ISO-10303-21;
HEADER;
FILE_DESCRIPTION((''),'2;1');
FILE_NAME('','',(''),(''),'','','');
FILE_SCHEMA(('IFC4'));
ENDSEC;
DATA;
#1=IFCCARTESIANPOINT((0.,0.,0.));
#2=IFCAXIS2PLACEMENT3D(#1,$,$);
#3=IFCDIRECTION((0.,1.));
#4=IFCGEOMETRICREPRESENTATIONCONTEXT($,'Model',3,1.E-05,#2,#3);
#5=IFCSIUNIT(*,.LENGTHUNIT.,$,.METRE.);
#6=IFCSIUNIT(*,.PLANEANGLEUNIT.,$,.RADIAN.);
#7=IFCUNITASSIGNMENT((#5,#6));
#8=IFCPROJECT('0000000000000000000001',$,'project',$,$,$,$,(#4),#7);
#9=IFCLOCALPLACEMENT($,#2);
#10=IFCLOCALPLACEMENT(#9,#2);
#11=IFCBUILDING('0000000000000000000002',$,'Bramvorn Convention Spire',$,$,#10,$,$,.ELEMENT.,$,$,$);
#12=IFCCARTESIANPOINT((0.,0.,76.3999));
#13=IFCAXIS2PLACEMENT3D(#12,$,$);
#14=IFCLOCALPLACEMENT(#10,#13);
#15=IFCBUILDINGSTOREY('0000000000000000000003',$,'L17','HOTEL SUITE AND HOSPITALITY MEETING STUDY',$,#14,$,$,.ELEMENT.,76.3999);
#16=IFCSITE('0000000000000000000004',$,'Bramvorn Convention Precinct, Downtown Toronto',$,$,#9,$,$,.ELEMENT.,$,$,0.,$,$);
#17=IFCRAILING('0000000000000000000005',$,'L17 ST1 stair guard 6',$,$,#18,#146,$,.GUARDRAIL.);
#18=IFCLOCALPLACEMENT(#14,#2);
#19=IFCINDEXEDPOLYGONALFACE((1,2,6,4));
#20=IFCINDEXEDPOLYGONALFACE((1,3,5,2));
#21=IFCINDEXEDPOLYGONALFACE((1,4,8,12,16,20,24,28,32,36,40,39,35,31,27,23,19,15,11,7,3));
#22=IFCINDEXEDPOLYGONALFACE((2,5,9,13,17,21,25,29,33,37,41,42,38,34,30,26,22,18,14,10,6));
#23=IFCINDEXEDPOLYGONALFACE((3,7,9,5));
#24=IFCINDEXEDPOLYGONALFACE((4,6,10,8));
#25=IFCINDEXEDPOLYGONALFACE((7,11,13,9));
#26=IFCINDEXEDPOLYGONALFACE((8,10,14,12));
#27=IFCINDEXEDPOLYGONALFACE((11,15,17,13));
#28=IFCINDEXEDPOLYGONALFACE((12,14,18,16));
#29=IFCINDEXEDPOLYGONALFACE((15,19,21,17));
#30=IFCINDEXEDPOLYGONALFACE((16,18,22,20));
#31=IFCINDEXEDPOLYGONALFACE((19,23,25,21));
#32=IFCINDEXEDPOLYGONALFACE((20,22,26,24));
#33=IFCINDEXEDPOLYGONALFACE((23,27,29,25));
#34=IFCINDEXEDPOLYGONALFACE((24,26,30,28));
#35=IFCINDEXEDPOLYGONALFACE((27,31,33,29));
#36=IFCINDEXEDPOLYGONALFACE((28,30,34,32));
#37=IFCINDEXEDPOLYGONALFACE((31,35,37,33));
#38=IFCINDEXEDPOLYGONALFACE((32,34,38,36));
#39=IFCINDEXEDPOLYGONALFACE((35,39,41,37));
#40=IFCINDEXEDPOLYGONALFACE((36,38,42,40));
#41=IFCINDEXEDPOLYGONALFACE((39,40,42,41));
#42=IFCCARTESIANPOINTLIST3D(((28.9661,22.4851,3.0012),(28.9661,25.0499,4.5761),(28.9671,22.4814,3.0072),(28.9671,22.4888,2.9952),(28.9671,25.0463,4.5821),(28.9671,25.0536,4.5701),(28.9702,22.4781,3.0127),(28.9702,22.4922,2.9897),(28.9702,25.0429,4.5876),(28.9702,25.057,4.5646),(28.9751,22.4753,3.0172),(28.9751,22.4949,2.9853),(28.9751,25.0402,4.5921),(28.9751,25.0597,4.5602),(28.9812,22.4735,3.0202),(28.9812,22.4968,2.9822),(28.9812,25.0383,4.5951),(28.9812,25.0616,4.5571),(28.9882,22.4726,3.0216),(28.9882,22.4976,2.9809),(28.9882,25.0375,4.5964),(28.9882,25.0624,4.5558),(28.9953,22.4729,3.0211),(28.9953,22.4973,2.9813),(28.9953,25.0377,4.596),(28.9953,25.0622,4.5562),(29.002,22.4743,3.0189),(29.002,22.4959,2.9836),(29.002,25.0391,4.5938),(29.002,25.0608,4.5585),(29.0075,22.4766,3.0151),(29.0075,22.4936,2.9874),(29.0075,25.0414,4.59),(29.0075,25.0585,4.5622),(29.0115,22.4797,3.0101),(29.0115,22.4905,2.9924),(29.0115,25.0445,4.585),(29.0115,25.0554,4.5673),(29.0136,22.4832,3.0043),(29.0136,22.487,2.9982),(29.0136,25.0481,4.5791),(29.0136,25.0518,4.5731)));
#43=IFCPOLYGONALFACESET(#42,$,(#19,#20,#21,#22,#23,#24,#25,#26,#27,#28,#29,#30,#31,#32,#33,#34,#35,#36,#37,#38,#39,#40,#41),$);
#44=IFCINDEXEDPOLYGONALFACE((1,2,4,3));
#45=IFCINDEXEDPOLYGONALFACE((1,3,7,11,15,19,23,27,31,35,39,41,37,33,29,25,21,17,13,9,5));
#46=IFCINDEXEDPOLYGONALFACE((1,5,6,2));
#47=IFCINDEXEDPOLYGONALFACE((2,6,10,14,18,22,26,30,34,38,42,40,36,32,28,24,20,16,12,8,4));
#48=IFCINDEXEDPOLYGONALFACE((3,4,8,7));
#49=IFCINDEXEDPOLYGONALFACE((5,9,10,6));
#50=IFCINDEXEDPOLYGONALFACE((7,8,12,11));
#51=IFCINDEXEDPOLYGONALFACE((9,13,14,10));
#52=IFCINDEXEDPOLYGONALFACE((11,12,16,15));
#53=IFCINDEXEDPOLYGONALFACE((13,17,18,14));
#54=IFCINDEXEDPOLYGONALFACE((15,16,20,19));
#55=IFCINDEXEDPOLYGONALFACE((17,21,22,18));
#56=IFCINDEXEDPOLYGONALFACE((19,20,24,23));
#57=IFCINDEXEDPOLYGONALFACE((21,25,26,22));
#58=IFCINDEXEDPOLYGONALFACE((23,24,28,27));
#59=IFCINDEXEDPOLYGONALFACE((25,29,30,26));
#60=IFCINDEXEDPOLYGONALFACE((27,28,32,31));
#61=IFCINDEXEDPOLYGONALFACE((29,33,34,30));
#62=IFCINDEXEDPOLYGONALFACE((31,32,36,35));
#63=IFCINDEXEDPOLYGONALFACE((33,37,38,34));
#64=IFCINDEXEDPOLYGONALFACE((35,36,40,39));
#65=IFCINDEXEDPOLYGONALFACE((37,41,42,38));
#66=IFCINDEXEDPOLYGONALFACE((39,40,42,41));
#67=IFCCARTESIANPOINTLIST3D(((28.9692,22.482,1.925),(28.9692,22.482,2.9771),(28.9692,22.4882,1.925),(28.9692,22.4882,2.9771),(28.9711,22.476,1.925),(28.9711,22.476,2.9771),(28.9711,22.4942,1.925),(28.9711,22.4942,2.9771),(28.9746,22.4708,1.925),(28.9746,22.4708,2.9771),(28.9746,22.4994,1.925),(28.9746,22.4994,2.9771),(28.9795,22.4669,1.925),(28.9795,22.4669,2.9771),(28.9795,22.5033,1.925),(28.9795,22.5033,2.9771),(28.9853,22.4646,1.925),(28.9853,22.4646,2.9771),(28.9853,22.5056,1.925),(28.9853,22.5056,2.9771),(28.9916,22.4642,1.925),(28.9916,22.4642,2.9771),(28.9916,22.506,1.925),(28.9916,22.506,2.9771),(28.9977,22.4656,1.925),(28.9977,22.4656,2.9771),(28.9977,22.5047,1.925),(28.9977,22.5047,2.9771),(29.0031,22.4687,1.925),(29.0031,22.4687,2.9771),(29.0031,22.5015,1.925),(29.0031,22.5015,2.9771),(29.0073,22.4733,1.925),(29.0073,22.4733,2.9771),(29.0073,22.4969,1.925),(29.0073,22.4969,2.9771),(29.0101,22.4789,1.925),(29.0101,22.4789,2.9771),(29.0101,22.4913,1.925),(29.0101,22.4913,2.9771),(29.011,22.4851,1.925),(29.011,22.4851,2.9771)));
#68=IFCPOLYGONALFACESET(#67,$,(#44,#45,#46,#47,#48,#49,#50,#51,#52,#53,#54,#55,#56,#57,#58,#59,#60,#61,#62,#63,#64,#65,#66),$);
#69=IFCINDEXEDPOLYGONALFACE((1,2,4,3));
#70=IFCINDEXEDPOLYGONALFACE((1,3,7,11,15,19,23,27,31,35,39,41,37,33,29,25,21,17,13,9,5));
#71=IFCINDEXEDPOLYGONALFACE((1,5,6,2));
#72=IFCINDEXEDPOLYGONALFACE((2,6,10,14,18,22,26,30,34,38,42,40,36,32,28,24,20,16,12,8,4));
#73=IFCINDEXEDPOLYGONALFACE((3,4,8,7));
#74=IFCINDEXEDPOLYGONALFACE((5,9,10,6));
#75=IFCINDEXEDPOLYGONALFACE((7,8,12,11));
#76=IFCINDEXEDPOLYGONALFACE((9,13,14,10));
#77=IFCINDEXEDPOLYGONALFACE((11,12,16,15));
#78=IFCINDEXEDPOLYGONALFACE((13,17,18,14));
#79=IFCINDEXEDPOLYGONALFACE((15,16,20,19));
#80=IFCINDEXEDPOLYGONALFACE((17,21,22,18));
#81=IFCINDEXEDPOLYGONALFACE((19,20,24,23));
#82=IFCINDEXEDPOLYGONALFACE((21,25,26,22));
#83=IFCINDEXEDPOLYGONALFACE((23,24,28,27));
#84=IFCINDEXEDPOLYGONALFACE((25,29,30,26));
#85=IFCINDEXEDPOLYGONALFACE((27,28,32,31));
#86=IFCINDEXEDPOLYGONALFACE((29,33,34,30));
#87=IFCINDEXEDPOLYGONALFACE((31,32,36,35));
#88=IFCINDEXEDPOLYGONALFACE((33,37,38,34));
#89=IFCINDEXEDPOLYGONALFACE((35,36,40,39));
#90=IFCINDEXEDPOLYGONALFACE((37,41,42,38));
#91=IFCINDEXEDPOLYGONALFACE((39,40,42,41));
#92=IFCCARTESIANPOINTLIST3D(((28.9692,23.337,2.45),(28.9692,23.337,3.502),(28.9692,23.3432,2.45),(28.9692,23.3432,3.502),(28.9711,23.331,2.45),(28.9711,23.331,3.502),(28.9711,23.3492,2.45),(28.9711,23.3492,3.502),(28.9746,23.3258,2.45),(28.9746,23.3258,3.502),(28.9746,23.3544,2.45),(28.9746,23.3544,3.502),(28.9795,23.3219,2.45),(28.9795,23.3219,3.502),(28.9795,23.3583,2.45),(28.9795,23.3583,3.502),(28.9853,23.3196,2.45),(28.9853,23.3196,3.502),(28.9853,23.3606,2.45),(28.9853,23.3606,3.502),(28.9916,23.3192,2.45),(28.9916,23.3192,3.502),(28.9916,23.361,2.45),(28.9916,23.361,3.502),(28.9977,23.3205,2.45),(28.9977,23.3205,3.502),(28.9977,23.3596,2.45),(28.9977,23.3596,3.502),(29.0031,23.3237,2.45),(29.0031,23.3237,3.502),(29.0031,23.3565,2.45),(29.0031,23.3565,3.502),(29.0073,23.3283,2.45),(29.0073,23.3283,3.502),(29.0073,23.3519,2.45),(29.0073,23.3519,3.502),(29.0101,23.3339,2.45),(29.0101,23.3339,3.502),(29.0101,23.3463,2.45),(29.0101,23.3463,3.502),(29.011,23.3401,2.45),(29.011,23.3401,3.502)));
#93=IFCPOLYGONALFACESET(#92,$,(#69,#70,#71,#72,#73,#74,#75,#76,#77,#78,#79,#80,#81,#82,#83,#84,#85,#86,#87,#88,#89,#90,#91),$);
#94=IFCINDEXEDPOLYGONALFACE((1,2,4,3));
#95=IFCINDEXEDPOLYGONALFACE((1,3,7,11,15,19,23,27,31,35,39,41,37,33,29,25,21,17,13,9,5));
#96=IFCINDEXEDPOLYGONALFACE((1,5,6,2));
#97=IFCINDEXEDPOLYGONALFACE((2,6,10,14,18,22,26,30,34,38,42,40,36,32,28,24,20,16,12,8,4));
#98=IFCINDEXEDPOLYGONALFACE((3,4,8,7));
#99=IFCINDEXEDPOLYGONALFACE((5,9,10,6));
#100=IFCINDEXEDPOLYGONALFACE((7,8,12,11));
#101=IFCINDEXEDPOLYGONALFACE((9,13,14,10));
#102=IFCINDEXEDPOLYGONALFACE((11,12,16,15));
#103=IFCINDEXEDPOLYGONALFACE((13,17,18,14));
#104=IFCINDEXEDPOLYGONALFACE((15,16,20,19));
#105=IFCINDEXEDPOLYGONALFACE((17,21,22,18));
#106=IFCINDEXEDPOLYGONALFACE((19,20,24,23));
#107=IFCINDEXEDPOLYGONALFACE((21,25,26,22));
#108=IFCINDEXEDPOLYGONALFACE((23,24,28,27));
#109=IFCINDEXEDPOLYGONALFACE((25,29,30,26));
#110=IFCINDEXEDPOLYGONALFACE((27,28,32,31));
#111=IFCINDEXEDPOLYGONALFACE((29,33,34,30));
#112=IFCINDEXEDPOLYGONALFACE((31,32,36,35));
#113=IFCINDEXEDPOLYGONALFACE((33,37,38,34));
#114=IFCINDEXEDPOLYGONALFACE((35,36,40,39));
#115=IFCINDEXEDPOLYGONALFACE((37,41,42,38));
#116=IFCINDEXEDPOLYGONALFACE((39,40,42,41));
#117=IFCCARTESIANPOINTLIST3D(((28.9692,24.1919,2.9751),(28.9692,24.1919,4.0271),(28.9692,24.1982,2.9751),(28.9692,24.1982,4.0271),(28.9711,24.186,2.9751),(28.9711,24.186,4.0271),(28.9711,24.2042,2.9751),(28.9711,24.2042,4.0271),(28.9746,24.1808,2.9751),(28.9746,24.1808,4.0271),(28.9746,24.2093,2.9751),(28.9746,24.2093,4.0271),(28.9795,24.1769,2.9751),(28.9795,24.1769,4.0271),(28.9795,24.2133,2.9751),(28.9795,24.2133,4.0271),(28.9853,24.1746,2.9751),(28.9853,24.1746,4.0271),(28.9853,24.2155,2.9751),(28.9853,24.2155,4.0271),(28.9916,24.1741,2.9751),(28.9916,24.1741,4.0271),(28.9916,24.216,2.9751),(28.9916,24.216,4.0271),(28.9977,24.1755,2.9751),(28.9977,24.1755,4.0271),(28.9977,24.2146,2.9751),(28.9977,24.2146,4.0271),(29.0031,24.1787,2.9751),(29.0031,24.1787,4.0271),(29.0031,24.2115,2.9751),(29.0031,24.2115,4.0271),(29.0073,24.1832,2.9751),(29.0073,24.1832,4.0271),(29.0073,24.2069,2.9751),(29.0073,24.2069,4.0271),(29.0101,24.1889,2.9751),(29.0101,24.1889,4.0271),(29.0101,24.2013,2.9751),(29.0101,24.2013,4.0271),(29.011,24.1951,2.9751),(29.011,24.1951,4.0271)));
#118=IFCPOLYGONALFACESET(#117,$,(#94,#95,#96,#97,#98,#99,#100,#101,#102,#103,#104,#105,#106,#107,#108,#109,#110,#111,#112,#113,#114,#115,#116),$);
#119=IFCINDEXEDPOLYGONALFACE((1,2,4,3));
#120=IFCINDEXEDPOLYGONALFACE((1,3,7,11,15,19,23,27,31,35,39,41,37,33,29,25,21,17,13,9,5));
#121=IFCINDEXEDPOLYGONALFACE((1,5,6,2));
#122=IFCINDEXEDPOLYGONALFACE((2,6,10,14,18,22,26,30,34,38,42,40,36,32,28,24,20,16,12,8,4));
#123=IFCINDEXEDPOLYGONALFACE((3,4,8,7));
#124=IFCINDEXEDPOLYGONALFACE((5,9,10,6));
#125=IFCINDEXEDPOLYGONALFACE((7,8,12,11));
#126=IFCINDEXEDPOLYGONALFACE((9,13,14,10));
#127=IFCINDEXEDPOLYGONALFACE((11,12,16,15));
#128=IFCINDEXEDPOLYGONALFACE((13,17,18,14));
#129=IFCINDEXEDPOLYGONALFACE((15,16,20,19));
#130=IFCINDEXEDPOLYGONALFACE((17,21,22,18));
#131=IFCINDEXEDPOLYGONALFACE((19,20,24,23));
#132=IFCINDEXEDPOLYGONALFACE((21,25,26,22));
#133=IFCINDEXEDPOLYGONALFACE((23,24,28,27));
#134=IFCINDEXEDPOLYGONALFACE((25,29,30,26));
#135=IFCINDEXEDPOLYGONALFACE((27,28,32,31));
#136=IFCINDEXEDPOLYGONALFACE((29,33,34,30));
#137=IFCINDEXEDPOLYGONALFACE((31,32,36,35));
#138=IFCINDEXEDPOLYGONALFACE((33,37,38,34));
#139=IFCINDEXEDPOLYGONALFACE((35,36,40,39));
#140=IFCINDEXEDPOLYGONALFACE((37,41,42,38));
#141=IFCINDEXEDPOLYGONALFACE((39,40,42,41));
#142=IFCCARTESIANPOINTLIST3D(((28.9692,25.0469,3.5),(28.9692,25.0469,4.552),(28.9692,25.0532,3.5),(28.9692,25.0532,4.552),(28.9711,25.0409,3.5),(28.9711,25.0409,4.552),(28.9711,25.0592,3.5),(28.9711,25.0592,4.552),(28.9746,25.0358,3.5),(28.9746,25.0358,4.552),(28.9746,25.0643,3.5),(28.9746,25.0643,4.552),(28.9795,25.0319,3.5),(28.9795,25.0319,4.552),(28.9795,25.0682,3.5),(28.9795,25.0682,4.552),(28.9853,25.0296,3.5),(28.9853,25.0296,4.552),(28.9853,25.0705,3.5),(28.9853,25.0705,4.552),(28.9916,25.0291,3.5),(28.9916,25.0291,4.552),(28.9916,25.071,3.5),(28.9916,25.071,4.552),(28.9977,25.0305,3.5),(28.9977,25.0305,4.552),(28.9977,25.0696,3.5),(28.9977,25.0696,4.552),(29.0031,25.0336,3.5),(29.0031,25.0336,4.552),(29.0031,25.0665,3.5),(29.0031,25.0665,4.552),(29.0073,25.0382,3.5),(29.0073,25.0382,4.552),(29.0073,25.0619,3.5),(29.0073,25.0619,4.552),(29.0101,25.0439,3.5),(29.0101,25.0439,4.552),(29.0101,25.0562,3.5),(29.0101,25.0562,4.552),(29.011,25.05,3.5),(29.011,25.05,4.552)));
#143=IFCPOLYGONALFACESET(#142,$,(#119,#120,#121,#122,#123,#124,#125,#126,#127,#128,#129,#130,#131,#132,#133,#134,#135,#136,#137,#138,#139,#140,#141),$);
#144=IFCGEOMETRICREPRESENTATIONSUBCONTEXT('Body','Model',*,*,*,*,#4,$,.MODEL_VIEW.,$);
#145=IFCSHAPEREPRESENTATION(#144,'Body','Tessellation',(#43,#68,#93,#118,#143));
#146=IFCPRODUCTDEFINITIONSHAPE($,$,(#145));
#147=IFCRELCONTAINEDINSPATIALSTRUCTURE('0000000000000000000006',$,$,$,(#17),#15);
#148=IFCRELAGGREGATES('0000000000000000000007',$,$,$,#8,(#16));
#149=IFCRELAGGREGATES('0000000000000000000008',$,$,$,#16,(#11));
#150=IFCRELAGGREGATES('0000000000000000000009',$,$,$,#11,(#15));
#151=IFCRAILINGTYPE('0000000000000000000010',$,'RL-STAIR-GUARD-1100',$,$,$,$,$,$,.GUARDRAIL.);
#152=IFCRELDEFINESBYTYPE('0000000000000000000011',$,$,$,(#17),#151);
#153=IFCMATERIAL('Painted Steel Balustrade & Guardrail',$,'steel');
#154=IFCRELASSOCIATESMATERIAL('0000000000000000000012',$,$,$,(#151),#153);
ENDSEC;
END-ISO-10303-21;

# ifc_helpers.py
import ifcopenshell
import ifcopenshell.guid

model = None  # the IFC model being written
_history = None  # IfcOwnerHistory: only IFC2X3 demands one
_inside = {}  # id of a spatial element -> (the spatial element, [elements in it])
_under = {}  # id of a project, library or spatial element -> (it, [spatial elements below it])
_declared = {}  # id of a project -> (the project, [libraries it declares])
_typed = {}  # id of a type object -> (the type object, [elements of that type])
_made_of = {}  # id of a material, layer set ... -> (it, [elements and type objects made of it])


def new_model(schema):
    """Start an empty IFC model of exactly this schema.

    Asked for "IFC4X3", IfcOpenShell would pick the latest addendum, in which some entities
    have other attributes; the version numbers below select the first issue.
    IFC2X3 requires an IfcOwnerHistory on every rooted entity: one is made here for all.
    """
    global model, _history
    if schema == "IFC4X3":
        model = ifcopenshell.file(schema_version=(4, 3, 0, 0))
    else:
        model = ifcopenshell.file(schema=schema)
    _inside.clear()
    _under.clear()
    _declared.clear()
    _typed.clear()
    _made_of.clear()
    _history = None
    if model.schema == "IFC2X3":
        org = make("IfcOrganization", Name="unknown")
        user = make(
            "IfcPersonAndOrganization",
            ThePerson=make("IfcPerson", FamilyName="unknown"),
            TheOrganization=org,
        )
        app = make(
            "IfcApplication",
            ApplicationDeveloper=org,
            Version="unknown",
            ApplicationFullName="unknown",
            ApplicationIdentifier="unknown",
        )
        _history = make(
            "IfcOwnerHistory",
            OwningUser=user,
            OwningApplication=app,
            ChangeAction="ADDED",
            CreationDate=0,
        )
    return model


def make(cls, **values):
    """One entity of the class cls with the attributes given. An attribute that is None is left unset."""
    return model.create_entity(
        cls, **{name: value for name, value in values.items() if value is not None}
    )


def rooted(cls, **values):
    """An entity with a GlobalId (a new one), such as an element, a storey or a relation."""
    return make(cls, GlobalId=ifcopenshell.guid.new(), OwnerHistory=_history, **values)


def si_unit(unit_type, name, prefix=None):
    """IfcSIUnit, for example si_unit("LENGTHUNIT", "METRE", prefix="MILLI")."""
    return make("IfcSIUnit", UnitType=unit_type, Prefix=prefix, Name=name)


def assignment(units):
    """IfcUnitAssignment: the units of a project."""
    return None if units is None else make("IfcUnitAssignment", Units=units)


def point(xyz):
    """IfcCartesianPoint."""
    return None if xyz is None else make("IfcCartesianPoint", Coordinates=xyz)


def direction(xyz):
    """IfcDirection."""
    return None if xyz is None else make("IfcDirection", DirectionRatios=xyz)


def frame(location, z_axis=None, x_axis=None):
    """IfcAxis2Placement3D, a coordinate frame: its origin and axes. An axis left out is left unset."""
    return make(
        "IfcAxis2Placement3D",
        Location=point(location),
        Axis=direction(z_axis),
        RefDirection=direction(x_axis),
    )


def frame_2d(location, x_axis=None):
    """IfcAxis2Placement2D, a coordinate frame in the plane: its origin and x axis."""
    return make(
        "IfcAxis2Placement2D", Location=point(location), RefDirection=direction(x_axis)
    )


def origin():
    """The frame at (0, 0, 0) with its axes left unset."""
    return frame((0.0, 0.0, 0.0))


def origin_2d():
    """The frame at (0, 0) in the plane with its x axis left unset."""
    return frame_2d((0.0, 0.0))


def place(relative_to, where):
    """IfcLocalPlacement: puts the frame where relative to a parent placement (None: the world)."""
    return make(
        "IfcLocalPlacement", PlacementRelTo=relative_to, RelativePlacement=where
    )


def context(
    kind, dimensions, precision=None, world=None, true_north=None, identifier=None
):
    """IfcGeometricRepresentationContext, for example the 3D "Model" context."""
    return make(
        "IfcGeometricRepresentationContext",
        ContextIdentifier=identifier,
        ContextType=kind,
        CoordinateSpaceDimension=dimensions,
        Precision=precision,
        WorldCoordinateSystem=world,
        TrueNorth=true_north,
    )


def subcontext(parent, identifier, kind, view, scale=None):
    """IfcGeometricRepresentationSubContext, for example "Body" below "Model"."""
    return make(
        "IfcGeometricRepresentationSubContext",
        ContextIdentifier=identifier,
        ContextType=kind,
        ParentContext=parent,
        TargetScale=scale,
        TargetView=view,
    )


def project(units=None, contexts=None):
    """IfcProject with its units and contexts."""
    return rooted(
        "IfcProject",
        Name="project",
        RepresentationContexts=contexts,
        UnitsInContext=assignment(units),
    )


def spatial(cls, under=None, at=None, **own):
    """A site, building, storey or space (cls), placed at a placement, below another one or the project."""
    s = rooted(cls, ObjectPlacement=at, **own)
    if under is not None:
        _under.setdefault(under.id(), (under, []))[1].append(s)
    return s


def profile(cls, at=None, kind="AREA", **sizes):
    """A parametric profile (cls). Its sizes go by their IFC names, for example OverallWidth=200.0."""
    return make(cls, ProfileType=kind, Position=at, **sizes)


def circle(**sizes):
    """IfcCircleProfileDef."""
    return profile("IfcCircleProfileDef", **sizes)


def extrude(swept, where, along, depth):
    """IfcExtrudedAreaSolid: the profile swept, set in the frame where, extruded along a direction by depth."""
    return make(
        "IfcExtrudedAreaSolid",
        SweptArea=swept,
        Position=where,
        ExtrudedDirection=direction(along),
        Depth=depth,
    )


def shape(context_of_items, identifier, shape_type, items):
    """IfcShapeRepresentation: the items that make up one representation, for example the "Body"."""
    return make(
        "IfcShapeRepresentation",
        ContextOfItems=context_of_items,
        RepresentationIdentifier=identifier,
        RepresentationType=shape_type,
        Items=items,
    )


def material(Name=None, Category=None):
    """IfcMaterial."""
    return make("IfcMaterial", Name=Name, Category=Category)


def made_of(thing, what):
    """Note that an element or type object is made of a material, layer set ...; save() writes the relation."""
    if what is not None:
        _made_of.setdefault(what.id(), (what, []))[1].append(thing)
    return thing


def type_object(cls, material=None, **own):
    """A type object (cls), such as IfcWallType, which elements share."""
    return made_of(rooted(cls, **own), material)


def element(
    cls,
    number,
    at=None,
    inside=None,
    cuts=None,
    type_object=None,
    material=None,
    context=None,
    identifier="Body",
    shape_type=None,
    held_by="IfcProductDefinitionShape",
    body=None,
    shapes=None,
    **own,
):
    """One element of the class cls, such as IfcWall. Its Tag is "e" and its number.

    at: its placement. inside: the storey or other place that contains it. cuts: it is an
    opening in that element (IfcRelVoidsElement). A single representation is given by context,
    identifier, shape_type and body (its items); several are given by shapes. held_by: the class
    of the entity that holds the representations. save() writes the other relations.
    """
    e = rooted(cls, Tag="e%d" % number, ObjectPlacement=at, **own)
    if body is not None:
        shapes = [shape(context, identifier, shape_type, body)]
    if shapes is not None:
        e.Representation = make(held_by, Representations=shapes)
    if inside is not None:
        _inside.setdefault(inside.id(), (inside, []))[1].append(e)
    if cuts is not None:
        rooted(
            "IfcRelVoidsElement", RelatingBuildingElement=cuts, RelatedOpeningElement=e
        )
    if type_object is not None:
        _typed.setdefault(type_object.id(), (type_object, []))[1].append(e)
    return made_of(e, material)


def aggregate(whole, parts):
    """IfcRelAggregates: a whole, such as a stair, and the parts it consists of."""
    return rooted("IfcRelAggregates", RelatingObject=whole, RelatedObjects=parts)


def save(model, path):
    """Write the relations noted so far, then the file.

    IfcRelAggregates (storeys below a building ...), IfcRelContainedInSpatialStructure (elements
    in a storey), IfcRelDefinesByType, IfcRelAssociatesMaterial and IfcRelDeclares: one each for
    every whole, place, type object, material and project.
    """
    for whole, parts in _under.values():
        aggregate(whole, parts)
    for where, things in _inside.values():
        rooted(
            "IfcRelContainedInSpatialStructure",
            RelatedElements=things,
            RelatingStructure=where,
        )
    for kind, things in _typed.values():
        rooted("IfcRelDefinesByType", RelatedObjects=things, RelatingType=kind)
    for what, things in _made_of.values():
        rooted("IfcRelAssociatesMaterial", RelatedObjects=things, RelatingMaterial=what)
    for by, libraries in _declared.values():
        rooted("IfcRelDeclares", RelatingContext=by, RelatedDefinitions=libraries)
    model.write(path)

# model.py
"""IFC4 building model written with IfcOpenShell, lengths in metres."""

from ifc_helpers import new_model, si_unit, direction, frame, origin, origin_2d, place, context, subcontext, project, spatial, circle, extrude, material, type_object, element, save


model = new_model("IFC4")

# Units and contexts
model_context = context("Model", 3, precision=1e-05, world=origin(), true_north=direction((0.0, 1.0)))
body_context = subcontext(model_context, "Body", "Model", "MODEL_VIEW")
ifc_project = project(units=[si_unit("LENGTHUNIT", "METRE"), si_unit("PLANEANGLEUNIT", "RADIAN")], contexts=[model_context])

# Site, building, storey
site_placement = place(None, origin())
site = spatial("IfcSite", under=ifc_project, at=site_placement, Name="Bramvorn Convention Precinct, Downtown Toronto", CompositionType="ELEMENT", RefElevation=0.0)
building_placement = place(site_placement, origin())
building = spatial("IfcBuilding", under=site, at=building_placement, Name="Bramvorn Convention Spire", CompositionType="ELEMENT")
storey_placement = place(building_placement, frame((0.0, 0.0, 76.3999)))
storey = spatial("IfcBuildingStorey", under=building, at=storey_placement, Name="L17", Description="HOTEL SUITE AND HOSPITALITY MEETING STUDY", CompositionType="ELEMENT", Elevation=76.3999)

# Railing
ifc_material_1 = material(Name="Painted Steel Balustrade & Guardrail", Category="steel")
railing_type_1 = type_object("IfcRailingType", Name="RL-STAIR-GUARD-1100", PredefinedType="GUARDRAIL", material=ifc_material_1)
railing_1_placement = place(storey_placement, frame((28.99, 22.4851, 1.925)))
element("IfcRailing", 1, at=railing_1_placement, inside=storey, type_object=railing_type_1, Name="L17 ST1 stair guard 6", PredefinedType="GUARDRAIL", context=body_context, shape_type="SweptSolid", body=[
    extrude(circle(Radius=0.0239, at=origin_2d()), frame((0.0, 0.0, 1.0762), z_axis=(0.0, 0.852173, 0.52326), x_axis=(-1.0, 0.0, 0.0)), (0.0, 0.0, 1.0), 3.0098),
    extrude(circle(Radius=0.021, at=origin_2d()), origin(), (0.0, 0.0, 1.0), 1.052),
    extrude(circle(Radius=0.021, at=origin_2d()), frame((0.0, 0.855, 0.5249)), (0.0, 0.0, 1.0), 1.052),
    extrude(circle(Radius=0.021, at=origin_2d()), frame((0.0, 1.71, 1.05)), (0.0, 0.0, 1.0), 1.052),
    extrude(circle(Radius=0.021, at=origin_2d()), frame((0.0, 2.5649, 1.575)), (0.0, 0.0, 1.0), 1.052),
])

save(model, "model.ifc")
